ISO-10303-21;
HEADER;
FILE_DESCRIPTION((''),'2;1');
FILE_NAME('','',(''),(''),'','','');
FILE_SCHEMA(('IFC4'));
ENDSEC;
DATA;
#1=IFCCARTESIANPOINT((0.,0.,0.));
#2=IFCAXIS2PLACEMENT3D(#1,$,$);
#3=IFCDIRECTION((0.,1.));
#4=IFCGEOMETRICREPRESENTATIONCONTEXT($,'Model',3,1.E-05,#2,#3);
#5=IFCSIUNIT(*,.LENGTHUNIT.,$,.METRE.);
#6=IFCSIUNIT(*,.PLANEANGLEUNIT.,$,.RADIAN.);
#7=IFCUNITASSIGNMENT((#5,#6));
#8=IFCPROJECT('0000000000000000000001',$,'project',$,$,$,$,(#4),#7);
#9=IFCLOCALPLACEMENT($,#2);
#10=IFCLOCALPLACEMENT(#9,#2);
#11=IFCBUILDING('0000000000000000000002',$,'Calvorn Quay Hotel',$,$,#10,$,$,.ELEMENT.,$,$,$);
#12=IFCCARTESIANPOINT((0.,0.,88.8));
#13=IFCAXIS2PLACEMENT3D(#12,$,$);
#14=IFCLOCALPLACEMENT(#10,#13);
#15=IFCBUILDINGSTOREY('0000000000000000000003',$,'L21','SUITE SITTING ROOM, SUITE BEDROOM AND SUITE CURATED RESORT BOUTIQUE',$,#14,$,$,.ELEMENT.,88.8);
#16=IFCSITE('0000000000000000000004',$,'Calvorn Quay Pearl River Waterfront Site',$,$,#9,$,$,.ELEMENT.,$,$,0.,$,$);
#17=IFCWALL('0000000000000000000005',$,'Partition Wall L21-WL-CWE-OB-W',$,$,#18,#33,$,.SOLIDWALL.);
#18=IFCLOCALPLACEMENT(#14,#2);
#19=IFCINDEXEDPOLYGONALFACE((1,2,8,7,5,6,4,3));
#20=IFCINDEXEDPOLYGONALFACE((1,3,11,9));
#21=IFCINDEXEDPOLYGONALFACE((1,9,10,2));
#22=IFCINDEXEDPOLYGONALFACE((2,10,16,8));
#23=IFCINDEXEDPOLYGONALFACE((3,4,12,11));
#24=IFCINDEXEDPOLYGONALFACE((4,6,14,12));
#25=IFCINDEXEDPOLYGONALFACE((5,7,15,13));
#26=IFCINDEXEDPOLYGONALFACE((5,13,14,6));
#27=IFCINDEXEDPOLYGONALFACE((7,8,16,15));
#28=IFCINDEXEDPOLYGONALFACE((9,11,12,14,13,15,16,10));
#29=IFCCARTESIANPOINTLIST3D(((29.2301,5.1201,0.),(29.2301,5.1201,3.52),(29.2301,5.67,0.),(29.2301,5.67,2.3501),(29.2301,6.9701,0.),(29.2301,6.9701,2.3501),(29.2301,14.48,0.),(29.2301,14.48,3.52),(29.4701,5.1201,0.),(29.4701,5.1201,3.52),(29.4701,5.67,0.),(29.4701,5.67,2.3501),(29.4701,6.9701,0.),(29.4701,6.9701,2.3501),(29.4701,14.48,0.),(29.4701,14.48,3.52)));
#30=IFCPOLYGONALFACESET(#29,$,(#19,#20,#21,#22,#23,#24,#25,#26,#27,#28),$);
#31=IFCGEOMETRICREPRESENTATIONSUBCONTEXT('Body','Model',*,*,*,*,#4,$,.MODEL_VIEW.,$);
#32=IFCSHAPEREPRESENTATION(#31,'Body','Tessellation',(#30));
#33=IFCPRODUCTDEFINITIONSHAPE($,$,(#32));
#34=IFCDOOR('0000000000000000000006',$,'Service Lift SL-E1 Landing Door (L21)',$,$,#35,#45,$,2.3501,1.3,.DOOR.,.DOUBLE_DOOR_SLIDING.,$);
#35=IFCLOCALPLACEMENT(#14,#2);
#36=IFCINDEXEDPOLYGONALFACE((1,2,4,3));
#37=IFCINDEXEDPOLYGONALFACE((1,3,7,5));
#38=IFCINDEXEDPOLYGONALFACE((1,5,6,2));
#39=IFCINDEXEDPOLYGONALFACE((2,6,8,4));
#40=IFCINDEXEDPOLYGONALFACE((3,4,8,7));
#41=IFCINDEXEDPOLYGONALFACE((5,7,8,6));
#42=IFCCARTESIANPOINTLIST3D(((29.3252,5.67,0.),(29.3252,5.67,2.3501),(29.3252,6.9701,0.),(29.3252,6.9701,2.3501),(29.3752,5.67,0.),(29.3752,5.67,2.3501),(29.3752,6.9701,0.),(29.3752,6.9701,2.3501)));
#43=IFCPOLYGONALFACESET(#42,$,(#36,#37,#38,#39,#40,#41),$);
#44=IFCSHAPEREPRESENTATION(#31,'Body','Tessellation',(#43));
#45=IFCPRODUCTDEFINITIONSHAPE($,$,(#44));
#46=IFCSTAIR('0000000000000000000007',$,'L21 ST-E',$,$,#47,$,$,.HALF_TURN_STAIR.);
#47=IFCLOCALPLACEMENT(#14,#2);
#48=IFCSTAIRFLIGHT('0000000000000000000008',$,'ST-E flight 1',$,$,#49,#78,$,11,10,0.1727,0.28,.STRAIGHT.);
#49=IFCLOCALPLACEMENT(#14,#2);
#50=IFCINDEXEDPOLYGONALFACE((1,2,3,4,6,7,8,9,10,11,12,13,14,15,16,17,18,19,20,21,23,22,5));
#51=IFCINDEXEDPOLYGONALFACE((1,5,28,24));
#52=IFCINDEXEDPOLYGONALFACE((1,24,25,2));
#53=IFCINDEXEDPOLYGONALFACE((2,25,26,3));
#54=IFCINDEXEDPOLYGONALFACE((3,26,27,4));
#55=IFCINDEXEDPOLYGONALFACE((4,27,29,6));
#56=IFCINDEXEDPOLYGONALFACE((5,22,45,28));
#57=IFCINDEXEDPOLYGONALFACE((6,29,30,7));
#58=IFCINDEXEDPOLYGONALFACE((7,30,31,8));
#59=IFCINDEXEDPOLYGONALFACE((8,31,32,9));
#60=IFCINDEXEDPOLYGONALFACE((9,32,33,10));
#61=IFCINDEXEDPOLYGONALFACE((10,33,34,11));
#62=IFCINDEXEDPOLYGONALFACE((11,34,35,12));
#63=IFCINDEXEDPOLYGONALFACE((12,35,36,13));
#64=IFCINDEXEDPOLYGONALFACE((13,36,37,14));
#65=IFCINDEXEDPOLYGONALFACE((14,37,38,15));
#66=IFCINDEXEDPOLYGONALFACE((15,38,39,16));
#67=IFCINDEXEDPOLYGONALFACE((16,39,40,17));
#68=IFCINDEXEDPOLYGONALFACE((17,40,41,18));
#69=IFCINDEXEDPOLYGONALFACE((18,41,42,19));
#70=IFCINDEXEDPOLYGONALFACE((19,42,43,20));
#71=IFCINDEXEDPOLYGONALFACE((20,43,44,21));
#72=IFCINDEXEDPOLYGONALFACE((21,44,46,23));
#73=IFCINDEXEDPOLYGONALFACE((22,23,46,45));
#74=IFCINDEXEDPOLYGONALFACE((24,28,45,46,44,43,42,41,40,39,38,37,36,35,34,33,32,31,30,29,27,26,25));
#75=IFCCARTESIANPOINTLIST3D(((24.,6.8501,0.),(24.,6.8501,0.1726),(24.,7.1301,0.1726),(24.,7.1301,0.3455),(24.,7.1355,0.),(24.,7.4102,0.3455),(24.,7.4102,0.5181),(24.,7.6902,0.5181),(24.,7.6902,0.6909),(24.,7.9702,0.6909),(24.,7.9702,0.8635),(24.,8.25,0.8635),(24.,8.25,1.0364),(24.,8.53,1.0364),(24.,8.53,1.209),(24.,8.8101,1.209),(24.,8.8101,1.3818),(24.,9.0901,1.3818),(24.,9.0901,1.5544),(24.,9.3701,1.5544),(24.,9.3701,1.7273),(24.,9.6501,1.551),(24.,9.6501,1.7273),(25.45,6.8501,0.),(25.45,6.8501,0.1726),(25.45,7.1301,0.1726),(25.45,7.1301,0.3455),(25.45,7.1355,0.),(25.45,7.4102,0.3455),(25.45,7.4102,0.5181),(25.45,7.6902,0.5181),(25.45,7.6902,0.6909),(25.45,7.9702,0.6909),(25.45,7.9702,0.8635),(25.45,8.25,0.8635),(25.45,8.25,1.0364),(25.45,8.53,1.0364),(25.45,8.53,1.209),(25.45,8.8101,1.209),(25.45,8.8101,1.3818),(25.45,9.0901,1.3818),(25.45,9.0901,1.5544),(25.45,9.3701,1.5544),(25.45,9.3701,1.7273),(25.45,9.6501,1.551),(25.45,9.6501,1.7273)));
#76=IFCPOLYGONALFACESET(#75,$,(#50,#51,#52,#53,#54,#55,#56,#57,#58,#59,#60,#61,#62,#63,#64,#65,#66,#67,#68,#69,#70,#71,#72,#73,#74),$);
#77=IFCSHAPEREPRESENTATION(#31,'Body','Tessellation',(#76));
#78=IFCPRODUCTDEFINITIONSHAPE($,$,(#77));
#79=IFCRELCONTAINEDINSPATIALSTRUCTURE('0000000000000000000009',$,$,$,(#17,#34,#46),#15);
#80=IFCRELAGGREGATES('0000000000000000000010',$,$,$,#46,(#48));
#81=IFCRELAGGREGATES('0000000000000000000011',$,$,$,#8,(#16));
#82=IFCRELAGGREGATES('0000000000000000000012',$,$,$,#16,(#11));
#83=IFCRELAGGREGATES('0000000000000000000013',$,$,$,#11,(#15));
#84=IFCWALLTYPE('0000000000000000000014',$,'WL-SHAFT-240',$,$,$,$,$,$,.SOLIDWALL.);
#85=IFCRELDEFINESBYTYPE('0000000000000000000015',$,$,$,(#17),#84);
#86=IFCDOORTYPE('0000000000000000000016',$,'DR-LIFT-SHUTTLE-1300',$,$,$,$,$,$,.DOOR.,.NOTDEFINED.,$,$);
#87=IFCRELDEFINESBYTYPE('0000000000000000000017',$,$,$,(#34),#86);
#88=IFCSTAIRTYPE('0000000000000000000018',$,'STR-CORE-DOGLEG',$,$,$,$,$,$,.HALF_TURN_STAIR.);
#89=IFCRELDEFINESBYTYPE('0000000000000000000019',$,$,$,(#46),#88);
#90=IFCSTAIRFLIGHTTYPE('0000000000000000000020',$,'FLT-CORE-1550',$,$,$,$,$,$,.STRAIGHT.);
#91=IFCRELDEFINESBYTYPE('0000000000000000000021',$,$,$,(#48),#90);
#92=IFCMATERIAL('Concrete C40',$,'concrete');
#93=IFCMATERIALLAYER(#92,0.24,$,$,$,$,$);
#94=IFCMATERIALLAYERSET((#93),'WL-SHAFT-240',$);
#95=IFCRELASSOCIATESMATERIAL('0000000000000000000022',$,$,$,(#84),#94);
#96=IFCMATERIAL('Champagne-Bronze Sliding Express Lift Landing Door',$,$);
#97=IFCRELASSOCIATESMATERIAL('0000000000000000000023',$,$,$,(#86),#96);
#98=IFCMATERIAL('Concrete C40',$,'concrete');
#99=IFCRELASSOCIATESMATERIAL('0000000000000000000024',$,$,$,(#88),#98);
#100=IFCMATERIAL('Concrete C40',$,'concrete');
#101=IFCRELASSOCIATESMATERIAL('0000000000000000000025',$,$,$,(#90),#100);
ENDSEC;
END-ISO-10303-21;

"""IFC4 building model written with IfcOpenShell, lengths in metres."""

from ifc_helpers import new_model, si_unit, direction, frame, frame_2d, origin, place, context, subcontext, project, spatial, polyline, rectangle, outline, extrude, material, layer, layer_set, type_object, element, fill, aggregate, save


model = new_model("IFC4")

# Units and contexts
model_context = context("Model", 3, precision=1e-05, world=origin(), true_north=direction((0.0, 1.0)))
body_context = subcontext(model_context, "Body", "Model", "MODEL_VIEW")
ifc_project = project(units=[si_unit("LENGTHUNIT", "METRE"), si_unit("PLANEANGLEUNIT", "RADIAN")], contexts=[model_context])

# Site, building, storey
site_placement = place(None, origin())
site = spatial("IfcSite", under=ifc_project, at=site_placement, Name="Calvorn Quay Pearl River Waterfront Site", CompositionType="ELEMENT", RefElevation=0.0)
building_placement = place(site_placement, origin())
building = spatial("IfcBuilding", under=site, at=building_placement, Name="Calvorn Quay Hotel", CompositionType="ELEMENT")
storey_placement = place(building_placement, frame((0.0, 0.0, 88.8)))
storey = spatial("IfcBuildingStorey", under=building, at=storey_placement, Name="L21", Description="SUITE SITTING ROOM, SUITE BEDROOM AND SUITE CURATED RESORT BOUTIQUE", CompositionType="ELEMENT", Elevation=88.8)

# Shared definitions
ifc_material_1 = material(Name="Concrete C40", Category="concrete")
ifc_layer_1 = layer(ifc_material_1, 0.24)
ifc_layer_set_1 = layer_set([ifc_layer_1], Name="WL-SHAFT-240")
wall_type_1 = type_object("IfcWallType", Name="WL-SHAFT-240", PredefinedType="SOLIDWALL", material=ifc_layer_set_1)

# Shared definitions
ifc_material_2 = material(Name="Champagne-Bronze Sliding Express Lift Landing Door")
door_type_1 = type_object("IfcDoorType", Name="DR-LIFT-SHUTTLE-1300", OperationType="NOTDEFINED", PredefinedType="DOOR", material=ifc_material_2)

# Wall, opening, door
wall_1_placement = place(storey_placement, frame((29.3501, 5.1201, 0.0), z_axis=(0.0, 0.0, 1.0), x_axis=(0.0, 1.0, 0.0)))
wall_1 = element("IfcWall", 1, at=wall_1_placement, inside=storey, type_object=wall_type_1, Name="Partition Wall L21-WL-CWE-OB-W", PredefinedType="SOLIDWALL", context=body_context, shape_type="SweptSolid", body=[
    extrude(rectangle(XDim=9.3599, YDim=0.24, at=frame_2d((4.6799, 0.0))), origin(), (0.0, 0.0, 1.0), 3.52),
])
opening_1_placement = place(wall_1_placement, frame((0.55, 0.0, 0.0)))
opening_1 = element("IfcOpeningElement", 2, at=opening_1_placement, cuts=wall_1, PredefinedType="OPENING", context=body_context, shape_type="SweptSolid", body=[
    extrude(rectangle(XDim=1.3, YDim=2.3501, at=frame_2d((0.6499, 1.175))), frame((0.0, 0.1299, 0.0), z_axis=(0.0, -1.0, 0.0), x_axis=(1.0, 0.0, 0.0)), (0.0, 0.0, 1.0), 0.26),
])
door_1_placement = place(opening_1_placement, origin())
door_1 = element("IfcDoor", 3, at=door_1_placement, inside=storey, type_object=door_type_1, Name="Service Lift SL-E1 Landing Door (L21)", OperationType="DOUBLE_DOOR_SLIDING", OverallHeight=2.3501, OverallWidth=1.3, PredefinedType="DOOR", context=body_context, shape_type="SweptSolid", body=[
    extrude(rectangle(XDim=1.3, YDim=2.3501, at=frame_2d((0.6499, 1.175))), frame((0.0, 0.0249, 0.0), z_axis=(0.0, -1.0, 0.0), x_axis=(1.0, 0.0, 0.0)), (0.0, 0.0, 1.0), 0.05),
])
fill(opening_1, door_1)

# Stair, stair flight
ifc_material_3 = material(Name="Concrete C40", Category="concrete")
stair_type = type_object("IfcStairType", Name="STR-CORE-DOGLEG", PredefinedType="HALF_TURN_STAIR", material=ifc_material_3)
stair_placement = place(storey_placement, origin())
stair = element("IfcStair", 4, at=stair_placement, inside=storey, type_object=stair_type, Name="L21 ST-E", PredefinedType="HALF_TURN_STAIR")
ifc_material_4 = material(Name="Concrete C40", Category="concrete")
stair_flight_type = type_object("IfcStairFlightType", Name="FLT-CORE-1550", PredefinedType="STRAIGHT", material=ifc_material_4)
stair_flight_placement = place(storey_placement, frame((24.7251, 6.8501, 0.0), z_axis=(0.0, 0.0, 1.0), x_axis=(0.0, 1.0, 0.0)))
stair_flight = element("IfcStairFlight", 5, at=stair_flight_placement, type_object=stair_flight_type, Name="ST-E flight 1", NumberOfRisers=11, NumberOfTreads=10, PredefinedType="STRAIGHT", RiserHeight=0.1727, TreadLength=0.28, context=body_context, shape_type="SweptSolid", body=[
    extrude(outline(polyline([(0.0, 0.0), (0.0, 0.1726), (0.28, 0.1726), (0.28, 0.3455), (0.5601, 0.3455), (0.5601, 0.5181), (0.8401, 0.5181), (0.8401, 0.6909), (1.1201, 0.6909), (1.1201, 0.8635), (1.3999, 0.8635), (1.3999, 1.0364), (1.6799, 1.0364), (1.6799, 1.209), (1.96, 1.209), (1.96, 1.3818), (2.24, 1.3818), (2.24, 1.5544), (2.52, 1.5544), (2.52, 1.7273), (2.8, 1.7273), (2.8, 1.8999), (2.8, 1.551), (0.2854, 0.0), (0.0, 0.0)])), frame((0.0, 0.7251, 0.0), z_axis=(0.0, -1.0, 0.0), x_axis=(1.0, 0.0, 0.0)), (0.0, 0.0, 1.0), 1.45),
])
aggregate(stair, [stair_flight])

save(model, "model.ifc")
